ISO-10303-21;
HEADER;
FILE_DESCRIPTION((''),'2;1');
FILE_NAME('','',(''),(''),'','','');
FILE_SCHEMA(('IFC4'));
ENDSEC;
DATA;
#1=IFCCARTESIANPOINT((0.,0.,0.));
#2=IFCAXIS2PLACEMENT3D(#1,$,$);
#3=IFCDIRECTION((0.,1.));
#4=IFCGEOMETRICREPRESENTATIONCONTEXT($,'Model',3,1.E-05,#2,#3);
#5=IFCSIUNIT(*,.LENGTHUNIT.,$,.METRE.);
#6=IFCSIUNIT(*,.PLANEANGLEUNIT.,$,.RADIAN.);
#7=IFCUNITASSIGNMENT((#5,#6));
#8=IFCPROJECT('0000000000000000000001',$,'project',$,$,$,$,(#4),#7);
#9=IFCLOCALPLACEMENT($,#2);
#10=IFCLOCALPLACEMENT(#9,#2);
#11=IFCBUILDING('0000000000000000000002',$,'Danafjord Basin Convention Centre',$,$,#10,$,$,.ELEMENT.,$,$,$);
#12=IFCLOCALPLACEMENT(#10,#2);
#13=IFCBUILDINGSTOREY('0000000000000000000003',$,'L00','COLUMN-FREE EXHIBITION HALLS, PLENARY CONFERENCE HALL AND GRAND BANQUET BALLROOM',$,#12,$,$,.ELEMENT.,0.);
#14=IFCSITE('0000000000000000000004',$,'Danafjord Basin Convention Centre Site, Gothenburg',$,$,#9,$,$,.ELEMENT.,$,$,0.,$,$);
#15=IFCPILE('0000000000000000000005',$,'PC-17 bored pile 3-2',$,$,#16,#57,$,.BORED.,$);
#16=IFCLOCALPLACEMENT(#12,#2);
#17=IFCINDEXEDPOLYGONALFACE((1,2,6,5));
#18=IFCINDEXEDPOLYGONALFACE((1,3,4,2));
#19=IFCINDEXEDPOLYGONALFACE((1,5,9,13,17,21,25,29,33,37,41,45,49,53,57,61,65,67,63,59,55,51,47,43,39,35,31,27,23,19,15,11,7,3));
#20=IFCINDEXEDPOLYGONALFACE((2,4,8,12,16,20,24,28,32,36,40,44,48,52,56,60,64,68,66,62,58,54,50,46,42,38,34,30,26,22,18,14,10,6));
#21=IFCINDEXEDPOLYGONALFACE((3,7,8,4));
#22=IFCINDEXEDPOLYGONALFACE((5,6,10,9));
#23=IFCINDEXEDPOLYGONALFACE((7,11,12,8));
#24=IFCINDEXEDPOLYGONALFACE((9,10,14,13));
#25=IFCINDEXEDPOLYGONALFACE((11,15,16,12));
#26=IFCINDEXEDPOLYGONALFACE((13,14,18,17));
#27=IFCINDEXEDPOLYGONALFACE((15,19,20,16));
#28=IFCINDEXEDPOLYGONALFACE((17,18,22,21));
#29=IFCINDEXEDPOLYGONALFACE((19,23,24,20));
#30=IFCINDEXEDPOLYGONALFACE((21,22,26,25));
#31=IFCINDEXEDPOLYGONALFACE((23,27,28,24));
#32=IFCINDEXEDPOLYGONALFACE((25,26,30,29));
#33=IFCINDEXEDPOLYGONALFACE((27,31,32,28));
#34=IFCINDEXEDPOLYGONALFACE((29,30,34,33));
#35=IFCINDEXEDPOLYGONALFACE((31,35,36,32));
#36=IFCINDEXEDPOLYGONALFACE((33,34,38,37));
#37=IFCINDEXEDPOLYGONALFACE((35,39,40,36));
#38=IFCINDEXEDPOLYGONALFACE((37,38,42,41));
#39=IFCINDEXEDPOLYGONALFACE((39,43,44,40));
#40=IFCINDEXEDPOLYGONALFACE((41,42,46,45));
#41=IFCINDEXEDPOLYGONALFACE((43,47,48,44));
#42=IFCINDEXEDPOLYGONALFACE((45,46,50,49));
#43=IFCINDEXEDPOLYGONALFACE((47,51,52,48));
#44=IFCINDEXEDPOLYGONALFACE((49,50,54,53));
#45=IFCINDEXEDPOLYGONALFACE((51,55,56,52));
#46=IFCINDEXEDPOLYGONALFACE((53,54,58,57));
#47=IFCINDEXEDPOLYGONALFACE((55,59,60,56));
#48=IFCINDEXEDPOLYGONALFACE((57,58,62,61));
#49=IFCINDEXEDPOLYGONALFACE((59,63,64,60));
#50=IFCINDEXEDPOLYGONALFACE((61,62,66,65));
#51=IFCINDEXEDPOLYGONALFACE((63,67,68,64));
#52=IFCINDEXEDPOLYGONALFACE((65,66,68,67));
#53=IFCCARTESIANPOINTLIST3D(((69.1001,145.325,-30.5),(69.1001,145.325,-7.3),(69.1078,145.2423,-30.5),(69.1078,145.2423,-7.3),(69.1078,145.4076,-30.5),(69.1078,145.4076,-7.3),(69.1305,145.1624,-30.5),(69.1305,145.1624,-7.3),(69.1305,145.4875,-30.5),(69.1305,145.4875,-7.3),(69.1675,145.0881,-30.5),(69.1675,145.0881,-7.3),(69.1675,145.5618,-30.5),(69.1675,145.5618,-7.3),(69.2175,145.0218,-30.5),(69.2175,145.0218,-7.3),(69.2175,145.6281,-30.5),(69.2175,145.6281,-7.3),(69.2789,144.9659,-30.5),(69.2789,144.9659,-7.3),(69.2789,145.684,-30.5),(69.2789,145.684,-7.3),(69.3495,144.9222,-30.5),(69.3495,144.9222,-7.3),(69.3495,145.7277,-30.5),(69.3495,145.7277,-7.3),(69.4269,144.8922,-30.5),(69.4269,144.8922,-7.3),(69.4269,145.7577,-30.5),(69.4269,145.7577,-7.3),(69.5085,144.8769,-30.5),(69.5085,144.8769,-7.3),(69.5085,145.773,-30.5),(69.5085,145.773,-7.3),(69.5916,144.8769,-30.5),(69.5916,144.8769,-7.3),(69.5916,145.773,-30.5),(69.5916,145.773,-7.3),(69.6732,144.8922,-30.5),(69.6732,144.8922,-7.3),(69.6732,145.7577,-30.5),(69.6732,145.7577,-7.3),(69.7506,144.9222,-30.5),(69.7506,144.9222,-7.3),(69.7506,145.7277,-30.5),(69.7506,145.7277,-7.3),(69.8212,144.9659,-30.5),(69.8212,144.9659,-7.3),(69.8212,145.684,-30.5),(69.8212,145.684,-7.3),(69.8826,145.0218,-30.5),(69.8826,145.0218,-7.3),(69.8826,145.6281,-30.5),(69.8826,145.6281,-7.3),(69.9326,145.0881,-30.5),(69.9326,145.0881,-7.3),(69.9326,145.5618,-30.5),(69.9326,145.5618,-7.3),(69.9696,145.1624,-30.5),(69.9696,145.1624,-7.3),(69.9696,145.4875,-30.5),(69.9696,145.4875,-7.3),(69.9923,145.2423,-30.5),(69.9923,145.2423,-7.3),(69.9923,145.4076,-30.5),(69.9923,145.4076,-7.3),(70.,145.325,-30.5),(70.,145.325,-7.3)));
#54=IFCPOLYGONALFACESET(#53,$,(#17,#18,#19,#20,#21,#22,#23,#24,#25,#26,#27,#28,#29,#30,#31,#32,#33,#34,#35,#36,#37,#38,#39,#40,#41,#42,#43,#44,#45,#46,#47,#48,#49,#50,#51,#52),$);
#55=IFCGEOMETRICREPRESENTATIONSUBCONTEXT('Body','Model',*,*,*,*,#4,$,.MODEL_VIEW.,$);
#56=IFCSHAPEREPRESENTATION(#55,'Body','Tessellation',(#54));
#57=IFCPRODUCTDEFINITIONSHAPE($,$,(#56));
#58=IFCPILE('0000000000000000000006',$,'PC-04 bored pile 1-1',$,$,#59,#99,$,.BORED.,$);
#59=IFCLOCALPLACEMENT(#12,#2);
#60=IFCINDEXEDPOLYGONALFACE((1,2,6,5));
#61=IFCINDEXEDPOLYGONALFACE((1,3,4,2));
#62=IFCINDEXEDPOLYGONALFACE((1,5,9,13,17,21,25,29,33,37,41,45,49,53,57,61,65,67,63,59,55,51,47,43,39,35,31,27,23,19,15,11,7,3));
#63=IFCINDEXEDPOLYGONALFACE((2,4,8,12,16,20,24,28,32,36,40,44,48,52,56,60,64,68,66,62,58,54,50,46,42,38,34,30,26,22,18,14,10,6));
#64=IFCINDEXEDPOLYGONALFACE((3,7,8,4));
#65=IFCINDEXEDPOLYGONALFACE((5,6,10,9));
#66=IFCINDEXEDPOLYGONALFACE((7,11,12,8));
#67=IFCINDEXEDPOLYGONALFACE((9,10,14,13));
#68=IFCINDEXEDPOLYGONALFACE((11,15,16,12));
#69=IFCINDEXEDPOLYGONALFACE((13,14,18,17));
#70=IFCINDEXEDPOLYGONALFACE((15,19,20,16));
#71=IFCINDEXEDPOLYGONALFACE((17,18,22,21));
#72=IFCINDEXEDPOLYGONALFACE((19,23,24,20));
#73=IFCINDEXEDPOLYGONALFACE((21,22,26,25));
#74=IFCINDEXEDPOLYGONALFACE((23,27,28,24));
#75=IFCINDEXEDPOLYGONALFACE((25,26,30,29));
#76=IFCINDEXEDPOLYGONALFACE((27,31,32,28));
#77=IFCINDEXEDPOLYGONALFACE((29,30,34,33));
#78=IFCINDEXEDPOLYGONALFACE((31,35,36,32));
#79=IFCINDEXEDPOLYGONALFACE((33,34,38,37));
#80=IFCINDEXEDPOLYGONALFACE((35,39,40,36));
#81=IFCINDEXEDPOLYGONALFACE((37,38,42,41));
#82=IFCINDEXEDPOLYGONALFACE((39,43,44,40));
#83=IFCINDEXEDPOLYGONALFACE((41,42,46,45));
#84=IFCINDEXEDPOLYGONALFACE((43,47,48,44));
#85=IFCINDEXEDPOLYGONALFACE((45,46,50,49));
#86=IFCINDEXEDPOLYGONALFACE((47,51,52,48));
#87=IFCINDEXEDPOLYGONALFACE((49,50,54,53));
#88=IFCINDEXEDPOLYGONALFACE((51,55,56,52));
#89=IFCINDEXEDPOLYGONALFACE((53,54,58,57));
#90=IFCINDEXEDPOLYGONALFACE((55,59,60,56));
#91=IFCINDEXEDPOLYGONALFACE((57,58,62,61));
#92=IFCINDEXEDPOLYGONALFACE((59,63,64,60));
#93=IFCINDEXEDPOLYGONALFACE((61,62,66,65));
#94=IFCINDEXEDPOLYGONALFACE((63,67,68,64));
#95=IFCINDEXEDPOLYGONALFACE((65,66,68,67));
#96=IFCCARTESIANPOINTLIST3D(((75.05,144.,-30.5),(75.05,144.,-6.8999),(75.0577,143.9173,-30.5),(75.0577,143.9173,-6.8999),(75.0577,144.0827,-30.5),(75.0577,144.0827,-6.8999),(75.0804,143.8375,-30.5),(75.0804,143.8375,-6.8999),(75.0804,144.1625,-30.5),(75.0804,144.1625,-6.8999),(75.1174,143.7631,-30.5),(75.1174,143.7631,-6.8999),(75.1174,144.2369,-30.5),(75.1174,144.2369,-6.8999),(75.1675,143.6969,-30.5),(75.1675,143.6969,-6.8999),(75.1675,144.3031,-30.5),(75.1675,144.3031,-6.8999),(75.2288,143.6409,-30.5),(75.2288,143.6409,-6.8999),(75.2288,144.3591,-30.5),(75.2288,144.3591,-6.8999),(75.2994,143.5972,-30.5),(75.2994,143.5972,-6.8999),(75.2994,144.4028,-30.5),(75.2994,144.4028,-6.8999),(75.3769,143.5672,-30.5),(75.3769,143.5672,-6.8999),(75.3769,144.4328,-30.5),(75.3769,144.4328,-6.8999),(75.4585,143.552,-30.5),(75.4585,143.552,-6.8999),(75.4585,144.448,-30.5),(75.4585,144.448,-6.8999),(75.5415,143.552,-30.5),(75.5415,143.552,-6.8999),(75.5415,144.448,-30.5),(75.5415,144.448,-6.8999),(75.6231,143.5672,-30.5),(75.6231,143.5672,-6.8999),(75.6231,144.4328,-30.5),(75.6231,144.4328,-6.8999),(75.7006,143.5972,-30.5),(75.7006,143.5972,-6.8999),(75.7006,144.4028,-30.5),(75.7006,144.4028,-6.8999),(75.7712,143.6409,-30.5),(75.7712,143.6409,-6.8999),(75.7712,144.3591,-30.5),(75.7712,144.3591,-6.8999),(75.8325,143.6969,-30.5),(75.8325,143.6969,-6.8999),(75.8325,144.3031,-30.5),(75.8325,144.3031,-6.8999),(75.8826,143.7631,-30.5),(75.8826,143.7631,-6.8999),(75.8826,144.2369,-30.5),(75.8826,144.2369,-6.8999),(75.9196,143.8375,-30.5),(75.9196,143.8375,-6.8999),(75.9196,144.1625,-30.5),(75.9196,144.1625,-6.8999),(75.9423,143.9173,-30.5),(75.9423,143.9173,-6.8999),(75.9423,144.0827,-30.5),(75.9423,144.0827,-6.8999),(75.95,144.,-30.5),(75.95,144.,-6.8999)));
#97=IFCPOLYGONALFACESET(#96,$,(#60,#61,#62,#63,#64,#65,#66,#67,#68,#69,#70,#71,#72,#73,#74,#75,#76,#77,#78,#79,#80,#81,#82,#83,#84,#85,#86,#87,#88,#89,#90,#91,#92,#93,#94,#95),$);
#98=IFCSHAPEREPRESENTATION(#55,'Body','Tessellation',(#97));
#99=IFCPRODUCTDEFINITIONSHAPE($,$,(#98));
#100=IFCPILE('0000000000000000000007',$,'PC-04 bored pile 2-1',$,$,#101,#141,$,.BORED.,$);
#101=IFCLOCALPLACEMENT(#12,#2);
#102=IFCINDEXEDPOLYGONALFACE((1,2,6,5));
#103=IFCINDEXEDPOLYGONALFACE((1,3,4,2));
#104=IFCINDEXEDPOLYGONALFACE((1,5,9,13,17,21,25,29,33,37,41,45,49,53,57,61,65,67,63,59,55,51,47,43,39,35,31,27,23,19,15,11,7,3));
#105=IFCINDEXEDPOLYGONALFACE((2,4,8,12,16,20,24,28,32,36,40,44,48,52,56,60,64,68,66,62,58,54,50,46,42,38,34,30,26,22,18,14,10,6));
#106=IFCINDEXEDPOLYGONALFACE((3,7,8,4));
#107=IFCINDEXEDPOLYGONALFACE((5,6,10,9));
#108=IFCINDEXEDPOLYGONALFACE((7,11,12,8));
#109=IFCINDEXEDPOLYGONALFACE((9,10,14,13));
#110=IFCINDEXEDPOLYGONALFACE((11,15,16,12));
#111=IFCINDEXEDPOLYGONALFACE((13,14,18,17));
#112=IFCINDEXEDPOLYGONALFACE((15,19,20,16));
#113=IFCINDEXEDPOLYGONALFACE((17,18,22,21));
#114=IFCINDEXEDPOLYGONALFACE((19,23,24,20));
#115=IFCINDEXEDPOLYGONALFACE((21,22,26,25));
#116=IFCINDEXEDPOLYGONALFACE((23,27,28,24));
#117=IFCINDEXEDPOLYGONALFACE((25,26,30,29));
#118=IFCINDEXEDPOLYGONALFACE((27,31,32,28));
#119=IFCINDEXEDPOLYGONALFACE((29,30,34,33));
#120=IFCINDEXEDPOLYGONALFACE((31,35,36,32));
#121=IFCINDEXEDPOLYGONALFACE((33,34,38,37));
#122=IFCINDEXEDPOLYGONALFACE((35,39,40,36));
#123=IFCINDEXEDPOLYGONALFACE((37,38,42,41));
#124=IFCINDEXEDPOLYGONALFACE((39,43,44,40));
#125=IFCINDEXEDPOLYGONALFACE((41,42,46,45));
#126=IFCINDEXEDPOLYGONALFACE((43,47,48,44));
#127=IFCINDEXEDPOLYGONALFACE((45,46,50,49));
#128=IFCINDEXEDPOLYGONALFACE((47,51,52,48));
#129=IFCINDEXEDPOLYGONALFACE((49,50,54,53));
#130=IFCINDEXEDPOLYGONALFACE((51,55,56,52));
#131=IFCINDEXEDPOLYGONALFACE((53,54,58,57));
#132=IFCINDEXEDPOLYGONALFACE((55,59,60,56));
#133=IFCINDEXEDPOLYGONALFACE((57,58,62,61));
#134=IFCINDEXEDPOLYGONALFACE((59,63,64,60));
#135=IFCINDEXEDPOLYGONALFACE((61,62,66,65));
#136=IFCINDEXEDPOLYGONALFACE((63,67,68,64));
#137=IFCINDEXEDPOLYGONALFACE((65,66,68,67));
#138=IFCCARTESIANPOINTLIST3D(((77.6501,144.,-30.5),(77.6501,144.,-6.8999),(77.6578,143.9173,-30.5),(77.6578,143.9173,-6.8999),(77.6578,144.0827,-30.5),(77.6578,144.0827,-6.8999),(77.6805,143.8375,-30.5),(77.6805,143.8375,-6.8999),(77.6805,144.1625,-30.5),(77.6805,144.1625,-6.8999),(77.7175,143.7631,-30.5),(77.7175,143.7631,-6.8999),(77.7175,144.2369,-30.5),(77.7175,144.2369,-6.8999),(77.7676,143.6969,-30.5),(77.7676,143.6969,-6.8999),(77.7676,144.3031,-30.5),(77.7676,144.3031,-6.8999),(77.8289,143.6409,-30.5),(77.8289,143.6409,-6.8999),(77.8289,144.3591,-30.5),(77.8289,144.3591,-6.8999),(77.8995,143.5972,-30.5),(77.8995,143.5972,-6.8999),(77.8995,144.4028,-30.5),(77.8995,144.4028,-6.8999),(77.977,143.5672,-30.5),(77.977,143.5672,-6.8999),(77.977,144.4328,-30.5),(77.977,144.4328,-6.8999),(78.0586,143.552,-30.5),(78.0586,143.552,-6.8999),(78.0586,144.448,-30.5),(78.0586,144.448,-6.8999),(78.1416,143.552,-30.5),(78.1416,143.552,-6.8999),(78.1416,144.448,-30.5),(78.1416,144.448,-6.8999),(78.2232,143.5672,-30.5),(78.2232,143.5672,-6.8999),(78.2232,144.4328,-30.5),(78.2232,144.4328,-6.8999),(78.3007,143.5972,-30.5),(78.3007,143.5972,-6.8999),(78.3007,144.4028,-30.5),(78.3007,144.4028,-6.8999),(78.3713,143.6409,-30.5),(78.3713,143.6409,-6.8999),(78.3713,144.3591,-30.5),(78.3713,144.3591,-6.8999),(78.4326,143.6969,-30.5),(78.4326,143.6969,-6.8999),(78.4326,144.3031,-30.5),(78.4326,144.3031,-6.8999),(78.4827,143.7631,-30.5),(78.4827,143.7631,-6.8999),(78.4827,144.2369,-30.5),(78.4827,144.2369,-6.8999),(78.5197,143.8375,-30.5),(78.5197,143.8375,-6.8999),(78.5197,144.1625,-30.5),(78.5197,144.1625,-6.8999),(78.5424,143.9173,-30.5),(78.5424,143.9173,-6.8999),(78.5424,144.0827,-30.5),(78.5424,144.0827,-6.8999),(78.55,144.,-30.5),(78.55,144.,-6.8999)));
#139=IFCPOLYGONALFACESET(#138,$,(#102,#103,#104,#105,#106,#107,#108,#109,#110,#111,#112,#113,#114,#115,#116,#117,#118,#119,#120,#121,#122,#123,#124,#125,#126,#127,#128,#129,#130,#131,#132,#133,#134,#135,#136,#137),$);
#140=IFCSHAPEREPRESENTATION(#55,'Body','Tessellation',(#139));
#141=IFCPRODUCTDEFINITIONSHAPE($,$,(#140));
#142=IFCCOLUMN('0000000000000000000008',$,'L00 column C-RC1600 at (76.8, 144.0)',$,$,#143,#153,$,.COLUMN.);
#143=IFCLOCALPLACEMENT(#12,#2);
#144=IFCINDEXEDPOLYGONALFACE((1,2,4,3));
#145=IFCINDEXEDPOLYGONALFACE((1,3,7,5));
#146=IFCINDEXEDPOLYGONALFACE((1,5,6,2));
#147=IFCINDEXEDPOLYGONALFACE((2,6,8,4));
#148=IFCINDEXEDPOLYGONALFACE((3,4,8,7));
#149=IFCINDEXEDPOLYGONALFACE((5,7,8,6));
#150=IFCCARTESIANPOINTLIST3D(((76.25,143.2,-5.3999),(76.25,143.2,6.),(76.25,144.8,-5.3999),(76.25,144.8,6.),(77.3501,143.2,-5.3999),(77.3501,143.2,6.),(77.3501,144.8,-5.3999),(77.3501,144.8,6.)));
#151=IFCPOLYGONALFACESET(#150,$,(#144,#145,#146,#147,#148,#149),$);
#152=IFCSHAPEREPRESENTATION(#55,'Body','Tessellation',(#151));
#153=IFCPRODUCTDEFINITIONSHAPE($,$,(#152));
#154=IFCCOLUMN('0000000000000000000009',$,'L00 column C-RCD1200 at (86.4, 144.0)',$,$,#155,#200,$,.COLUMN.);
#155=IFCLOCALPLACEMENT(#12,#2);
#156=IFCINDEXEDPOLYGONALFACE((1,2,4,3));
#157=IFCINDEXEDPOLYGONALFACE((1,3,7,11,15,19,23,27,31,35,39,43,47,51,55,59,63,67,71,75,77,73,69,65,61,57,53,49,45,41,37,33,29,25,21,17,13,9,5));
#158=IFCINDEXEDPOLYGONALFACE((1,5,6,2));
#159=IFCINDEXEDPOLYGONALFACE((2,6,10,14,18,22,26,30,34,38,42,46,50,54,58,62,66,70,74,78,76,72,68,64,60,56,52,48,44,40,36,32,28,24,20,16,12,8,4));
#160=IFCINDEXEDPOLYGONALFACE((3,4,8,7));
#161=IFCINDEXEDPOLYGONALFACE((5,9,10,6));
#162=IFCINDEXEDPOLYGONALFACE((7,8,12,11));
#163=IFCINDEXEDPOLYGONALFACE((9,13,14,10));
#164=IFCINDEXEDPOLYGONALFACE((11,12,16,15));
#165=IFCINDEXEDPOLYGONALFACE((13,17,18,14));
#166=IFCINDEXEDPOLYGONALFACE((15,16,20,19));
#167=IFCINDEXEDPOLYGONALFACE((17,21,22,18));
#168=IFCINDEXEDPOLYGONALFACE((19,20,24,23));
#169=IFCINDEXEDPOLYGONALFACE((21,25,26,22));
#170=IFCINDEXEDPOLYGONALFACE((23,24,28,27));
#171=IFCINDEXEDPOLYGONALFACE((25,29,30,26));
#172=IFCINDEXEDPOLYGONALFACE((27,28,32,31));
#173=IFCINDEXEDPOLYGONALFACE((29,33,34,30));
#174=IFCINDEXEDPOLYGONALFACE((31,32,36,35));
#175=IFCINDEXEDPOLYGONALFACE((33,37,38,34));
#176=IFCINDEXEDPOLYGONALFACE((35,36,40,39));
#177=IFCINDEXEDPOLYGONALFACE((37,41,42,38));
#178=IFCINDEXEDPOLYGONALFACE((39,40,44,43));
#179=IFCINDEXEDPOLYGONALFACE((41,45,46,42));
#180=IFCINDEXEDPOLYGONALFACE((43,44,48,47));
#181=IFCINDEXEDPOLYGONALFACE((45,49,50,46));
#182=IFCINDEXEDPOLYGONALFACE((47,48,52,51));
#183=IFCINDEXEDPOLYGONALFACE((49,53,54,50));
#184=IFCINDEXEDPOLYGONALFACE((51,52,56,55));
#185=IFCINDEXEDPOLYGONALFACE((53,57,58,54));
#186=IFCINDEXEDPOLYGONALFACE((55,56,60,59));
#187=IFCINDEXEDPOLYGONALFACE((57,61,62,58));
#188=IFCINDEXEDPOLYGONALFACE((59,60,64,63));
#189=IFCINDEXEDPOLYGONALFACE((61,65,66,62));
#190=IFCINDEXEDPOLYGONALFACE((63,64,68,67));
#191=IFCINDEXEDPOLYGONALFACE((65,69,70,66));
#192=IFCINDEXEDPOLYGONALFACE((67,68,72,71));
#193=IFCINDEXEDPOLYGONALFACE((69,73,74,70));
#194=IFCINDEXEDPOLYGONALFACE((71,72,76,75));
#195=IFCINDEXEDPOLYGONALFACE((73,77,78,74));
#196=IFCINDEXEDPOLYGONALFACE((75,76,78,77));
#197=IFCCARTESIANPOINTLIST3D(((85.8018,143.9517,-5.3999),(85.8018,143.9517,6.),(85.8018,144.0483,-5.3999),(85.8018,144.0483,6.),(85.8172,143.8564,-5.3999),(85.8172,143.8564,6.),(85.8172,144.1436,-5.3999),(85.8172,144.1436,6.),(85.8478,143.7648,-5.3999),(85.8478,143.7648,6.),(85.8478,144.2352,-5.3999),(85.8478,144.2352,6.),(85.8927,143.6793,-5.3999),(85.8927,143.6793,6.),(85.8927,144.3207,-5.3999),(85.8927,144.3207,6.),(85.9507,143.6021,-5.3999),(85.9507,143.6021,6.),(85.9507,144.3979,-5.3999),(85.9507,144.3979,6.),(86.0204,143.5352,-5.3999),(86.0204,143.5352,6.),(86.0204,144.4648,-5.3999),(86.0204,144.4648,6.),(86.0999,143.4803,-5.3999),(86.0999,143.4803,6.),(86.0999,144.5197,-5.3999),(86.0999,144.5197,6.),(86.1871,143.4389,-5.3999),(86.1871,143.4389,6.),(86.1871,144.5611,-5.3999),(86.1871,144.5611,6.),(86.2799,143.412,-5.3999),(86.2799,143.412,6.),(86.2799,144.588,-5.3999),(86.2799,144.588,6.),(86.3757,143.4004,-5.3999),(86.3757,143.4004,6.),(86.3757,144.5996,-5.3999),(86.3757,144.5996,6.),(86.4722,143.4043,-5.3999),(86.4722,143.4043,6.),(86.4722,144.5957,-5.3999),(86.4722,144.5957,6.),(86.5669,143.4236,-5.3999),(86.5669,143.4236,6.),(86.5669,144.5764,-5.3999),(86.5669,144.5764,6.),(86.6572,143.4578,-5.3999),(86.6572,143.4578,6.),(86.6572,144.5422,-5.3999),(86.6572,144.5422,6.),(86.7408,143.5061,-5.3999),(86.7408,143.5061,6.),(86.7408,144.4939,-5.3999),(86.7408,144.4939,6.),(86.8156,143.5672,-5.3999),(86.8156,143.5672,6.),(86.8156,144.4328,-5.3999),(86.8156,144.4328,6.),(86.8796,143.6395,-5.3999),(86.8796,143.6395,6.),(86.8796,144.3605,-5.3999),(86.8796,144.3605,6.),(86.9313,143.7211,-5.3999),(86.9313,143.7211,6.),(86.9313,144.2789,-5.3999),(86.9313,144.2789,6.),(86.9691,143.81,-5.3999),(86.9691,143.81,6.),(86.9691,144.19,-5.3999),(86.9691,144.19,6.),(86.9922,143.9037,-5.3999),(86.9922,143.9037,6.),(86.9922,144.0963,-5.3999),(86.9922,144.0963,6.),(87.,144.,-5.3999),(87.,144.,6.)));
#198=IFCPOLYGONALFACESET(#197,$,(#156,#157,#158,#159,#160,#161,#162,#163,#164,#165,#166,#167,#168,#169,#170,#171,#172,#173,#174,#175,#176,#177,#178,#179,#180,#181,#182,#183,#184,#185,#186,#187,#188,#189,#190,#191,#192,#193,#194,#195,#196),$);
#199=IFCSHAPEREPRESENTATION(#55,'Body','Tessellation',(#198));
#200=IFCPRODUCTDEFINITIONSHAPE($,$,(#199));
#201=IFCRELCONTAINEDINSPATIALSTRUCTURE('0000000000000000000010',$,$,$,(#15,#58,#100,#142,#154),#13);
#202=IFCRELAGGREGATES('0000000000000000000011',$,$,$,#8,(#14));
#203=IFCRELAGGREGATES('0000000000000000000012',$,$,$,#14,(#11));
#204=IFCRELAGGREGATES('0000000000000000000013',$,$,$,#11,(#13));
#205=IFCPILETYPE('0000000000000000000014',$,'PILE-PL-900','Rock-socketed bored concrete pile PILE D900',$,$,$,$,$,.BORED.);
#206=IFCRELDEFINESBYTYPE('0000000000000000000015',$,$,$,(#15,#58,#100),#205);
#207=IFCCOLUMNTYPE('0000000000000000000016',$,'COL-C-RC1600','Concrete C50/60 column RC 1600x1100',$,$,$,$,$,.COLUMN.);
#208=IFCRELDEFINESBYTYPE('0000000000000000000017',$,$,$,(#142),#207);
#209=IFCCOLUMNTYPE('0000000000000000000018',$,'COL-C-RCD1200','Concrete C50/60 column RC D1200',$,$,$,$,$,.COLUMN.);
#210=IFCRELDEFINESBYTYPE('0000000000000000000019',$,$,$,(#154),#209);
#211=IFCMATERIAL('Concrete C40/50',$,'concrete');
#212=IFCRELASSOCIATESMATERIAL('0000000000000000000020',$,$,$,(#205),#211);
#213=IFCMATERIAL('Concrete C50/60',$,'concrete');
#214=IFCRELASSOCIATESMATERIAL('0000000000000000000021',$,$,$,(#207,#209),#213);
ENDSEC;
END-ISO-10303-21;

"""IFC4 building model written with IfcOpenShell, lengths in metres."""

from ifc_helpers import new_model, si_unit, direction, frame, origin, origin_2d, place, context, subcontext, project, spatial, rectangle, circle, extrude, material, material_profile, profile_set, type_object, element, save


model = new_model("IFC4")

# Units and contexts
model_context = context("Model", 3, precision=1e-05, world=origin(), true_north=direction((0.0, 1.0)))
body_context = subcontext(model_context, "Body", "Model", "MODEL_VIEW")
ifc_project = project(units=[si_unit("LENGTHUNIT", "METRE"), si_unit("PLANEANGLEUNIT", "RADIAN")], contexts=[model_context])

# Site, building, storey
site_placement = place(None, origin())
site = spatial("IfcSite", under=ifc_project, at=site_placement, Name="Danafjord Basin Convention Centre Site, Gothenburg", CompositionType="ELEMENT", RefElevation=0.0)
building_placement = place(site_placement, origin())
building = spatial("IfcBuilding", under=site, at=building_placement, Name="Danafjord Basin Convention Centre", CompositionType="ELEMENT")
storey_placement = place(building_placement, origin())
storey = spatial("IfcBuildingStorey", under=building, at=storey_placement, Name="L00", Description="COLUMN-FREE EXHIBITION HALLS, PLENARY CONFERENCE HALL AND GRAND BANQUET BALLROOM", CompositionType="ELEMENT", Elevation=0.0)

# Shared definitions
ifc_material_1 = material(Name="Concrete C40/50", Category="concrete")

# Piles
ifc_material_profile_1 = material_profile(ifc_material_1, circle(Radius=0.45, at=origin_2d()), Name="PILE D900")
ifc_profile_set_1 = profile_set([ifc_material_profile_1], Name="Concrete C40/50")
pile_type_1 = type_object("IfcPileType", Name="PILE-PL-900", Description="Rock-socketed bored concrete pile PILE D900", PredefinedType="BORED", material=ifc_profile_set_1)
for number, where, z_axis, x_axis, name in (
    (1, (69.55, 145.325, -7.3), (0.0, 0.0, -1.0), (1.0, 0.0, 0.0), "PC-17 bored pile 3-2"),
):
    element("IfcPile", number, at=place(storey_placement, frame(where, z_axis=z_axis, x_axis=x_axis)), inside=storey, type_object=pile_type_1, Name=name, PredefinedType="BORED", context=body_context, shape_type="SweptSolid", body=[
        extrude(circle(Radius=0.45, at=origin_2d()), origin(), (0.0, 0.0, 1.0), 23.2),
    ])
for number, where, z_axis, x_axis, name in (
    (2, (75.5, 144.0, -6.8999), (0.0, 0.0, -1.0), (1.0, 0.0, 0.0), "PC-04 bored pile 1-1"),
    (3, (78.1001, 144.0, -6.8999), (0.0, 0.0, -1.0), (1.0, 0.0, 0.0), "PC-04 bored pile 2-1"),
):
    element("IfcPile", number, at=place(storey_placement, frame(where, z_axis=z_axis, x_axis=x_axis)), inside=storey, type_object=pile_type_1, Name=name, PredefinedType="BORED", context=body_context, shape_type="SweptSolid", body=[
        extrude(circle(Radius=0.45, at=origin_2d()), origin(), (0.0, 0.0, 1.0), 23.6001),
    ])

# Columns
ifc_material_2 = material(Name="Concrete C50/60", Category="concrete")
ifc_material_profile_2 = material_profile(ifc_material_2, rectangle(XDim=1.1001, YDim=1.6001, at=origin_2d()), Name="RC 1600x1100")
ifc_profile_set_2 = profile_set([ifc_material_profile_2], Name="Concrete C50/60")
column_type_1 = type_object("IfcColumnType", Name="COL-C-RC1600", Description="Concrete C50/60 column RC 1600x1100", PredefinedType="COLUMN", material=ifc_profile_set_2)
column_1_placement = place(storey_placement, frame((76.8, 144.0, -5.3999), z_axis=(0.0, 0.0, 1.0), x_axis=(1.0, 0.0, 0.0)))
element("IfcColumn", 4, at=column_1_placement, inside=storey, type_object=column_type_1, Name="L00 column C-RC1600 at (76.8, 144.0)", PredefinedType="COLUMN", context=body_context, shape_type="SweptSolid", body=[
    extrude(rectangle(XDim=1.1001, YDim=1.6001, at=origin_2d()), origin(), (0.0, 0.0, 1.0), 11.3999),
])
ifc_material_profile_3 = material_profile(ifc_material_2, circle(Radius=0.6001, at=origin_2d()), Name="RC D1200")
ifc_profile_set_3 = profile_set([ifc_material_profile_3], Name="Concrete C50/60")
column_type_2 = type_object("IfcColumnType", Name="COL-C-RCD1200", Description="Concrete C50/60 column RC D1200", PredefinedType="COLUMN", material=ifc_profile_set_3)
column_2_placement = place(storey_placement, frame((86.3999, 144.0, -5.3999), z_axis=(0.0, 0.0, 1.0), x_axis=(1.0, 0.0, 0.0)))
element("IfcColumn", 5, at=column_2_placement, inside=storey, type_object=column_type_2, Name="L00 column C-RCD1200 at (86.4, 144.0)", PredefinedType="COLUMN", context=body_context, shape_type="SweptSolid", body=[
    extrude(circle(Radius=0.6001, at=origin_2d()), origin(), (0.0, 0.0, 1.0), 11.3999),
])

save(model, "model.ifc")
